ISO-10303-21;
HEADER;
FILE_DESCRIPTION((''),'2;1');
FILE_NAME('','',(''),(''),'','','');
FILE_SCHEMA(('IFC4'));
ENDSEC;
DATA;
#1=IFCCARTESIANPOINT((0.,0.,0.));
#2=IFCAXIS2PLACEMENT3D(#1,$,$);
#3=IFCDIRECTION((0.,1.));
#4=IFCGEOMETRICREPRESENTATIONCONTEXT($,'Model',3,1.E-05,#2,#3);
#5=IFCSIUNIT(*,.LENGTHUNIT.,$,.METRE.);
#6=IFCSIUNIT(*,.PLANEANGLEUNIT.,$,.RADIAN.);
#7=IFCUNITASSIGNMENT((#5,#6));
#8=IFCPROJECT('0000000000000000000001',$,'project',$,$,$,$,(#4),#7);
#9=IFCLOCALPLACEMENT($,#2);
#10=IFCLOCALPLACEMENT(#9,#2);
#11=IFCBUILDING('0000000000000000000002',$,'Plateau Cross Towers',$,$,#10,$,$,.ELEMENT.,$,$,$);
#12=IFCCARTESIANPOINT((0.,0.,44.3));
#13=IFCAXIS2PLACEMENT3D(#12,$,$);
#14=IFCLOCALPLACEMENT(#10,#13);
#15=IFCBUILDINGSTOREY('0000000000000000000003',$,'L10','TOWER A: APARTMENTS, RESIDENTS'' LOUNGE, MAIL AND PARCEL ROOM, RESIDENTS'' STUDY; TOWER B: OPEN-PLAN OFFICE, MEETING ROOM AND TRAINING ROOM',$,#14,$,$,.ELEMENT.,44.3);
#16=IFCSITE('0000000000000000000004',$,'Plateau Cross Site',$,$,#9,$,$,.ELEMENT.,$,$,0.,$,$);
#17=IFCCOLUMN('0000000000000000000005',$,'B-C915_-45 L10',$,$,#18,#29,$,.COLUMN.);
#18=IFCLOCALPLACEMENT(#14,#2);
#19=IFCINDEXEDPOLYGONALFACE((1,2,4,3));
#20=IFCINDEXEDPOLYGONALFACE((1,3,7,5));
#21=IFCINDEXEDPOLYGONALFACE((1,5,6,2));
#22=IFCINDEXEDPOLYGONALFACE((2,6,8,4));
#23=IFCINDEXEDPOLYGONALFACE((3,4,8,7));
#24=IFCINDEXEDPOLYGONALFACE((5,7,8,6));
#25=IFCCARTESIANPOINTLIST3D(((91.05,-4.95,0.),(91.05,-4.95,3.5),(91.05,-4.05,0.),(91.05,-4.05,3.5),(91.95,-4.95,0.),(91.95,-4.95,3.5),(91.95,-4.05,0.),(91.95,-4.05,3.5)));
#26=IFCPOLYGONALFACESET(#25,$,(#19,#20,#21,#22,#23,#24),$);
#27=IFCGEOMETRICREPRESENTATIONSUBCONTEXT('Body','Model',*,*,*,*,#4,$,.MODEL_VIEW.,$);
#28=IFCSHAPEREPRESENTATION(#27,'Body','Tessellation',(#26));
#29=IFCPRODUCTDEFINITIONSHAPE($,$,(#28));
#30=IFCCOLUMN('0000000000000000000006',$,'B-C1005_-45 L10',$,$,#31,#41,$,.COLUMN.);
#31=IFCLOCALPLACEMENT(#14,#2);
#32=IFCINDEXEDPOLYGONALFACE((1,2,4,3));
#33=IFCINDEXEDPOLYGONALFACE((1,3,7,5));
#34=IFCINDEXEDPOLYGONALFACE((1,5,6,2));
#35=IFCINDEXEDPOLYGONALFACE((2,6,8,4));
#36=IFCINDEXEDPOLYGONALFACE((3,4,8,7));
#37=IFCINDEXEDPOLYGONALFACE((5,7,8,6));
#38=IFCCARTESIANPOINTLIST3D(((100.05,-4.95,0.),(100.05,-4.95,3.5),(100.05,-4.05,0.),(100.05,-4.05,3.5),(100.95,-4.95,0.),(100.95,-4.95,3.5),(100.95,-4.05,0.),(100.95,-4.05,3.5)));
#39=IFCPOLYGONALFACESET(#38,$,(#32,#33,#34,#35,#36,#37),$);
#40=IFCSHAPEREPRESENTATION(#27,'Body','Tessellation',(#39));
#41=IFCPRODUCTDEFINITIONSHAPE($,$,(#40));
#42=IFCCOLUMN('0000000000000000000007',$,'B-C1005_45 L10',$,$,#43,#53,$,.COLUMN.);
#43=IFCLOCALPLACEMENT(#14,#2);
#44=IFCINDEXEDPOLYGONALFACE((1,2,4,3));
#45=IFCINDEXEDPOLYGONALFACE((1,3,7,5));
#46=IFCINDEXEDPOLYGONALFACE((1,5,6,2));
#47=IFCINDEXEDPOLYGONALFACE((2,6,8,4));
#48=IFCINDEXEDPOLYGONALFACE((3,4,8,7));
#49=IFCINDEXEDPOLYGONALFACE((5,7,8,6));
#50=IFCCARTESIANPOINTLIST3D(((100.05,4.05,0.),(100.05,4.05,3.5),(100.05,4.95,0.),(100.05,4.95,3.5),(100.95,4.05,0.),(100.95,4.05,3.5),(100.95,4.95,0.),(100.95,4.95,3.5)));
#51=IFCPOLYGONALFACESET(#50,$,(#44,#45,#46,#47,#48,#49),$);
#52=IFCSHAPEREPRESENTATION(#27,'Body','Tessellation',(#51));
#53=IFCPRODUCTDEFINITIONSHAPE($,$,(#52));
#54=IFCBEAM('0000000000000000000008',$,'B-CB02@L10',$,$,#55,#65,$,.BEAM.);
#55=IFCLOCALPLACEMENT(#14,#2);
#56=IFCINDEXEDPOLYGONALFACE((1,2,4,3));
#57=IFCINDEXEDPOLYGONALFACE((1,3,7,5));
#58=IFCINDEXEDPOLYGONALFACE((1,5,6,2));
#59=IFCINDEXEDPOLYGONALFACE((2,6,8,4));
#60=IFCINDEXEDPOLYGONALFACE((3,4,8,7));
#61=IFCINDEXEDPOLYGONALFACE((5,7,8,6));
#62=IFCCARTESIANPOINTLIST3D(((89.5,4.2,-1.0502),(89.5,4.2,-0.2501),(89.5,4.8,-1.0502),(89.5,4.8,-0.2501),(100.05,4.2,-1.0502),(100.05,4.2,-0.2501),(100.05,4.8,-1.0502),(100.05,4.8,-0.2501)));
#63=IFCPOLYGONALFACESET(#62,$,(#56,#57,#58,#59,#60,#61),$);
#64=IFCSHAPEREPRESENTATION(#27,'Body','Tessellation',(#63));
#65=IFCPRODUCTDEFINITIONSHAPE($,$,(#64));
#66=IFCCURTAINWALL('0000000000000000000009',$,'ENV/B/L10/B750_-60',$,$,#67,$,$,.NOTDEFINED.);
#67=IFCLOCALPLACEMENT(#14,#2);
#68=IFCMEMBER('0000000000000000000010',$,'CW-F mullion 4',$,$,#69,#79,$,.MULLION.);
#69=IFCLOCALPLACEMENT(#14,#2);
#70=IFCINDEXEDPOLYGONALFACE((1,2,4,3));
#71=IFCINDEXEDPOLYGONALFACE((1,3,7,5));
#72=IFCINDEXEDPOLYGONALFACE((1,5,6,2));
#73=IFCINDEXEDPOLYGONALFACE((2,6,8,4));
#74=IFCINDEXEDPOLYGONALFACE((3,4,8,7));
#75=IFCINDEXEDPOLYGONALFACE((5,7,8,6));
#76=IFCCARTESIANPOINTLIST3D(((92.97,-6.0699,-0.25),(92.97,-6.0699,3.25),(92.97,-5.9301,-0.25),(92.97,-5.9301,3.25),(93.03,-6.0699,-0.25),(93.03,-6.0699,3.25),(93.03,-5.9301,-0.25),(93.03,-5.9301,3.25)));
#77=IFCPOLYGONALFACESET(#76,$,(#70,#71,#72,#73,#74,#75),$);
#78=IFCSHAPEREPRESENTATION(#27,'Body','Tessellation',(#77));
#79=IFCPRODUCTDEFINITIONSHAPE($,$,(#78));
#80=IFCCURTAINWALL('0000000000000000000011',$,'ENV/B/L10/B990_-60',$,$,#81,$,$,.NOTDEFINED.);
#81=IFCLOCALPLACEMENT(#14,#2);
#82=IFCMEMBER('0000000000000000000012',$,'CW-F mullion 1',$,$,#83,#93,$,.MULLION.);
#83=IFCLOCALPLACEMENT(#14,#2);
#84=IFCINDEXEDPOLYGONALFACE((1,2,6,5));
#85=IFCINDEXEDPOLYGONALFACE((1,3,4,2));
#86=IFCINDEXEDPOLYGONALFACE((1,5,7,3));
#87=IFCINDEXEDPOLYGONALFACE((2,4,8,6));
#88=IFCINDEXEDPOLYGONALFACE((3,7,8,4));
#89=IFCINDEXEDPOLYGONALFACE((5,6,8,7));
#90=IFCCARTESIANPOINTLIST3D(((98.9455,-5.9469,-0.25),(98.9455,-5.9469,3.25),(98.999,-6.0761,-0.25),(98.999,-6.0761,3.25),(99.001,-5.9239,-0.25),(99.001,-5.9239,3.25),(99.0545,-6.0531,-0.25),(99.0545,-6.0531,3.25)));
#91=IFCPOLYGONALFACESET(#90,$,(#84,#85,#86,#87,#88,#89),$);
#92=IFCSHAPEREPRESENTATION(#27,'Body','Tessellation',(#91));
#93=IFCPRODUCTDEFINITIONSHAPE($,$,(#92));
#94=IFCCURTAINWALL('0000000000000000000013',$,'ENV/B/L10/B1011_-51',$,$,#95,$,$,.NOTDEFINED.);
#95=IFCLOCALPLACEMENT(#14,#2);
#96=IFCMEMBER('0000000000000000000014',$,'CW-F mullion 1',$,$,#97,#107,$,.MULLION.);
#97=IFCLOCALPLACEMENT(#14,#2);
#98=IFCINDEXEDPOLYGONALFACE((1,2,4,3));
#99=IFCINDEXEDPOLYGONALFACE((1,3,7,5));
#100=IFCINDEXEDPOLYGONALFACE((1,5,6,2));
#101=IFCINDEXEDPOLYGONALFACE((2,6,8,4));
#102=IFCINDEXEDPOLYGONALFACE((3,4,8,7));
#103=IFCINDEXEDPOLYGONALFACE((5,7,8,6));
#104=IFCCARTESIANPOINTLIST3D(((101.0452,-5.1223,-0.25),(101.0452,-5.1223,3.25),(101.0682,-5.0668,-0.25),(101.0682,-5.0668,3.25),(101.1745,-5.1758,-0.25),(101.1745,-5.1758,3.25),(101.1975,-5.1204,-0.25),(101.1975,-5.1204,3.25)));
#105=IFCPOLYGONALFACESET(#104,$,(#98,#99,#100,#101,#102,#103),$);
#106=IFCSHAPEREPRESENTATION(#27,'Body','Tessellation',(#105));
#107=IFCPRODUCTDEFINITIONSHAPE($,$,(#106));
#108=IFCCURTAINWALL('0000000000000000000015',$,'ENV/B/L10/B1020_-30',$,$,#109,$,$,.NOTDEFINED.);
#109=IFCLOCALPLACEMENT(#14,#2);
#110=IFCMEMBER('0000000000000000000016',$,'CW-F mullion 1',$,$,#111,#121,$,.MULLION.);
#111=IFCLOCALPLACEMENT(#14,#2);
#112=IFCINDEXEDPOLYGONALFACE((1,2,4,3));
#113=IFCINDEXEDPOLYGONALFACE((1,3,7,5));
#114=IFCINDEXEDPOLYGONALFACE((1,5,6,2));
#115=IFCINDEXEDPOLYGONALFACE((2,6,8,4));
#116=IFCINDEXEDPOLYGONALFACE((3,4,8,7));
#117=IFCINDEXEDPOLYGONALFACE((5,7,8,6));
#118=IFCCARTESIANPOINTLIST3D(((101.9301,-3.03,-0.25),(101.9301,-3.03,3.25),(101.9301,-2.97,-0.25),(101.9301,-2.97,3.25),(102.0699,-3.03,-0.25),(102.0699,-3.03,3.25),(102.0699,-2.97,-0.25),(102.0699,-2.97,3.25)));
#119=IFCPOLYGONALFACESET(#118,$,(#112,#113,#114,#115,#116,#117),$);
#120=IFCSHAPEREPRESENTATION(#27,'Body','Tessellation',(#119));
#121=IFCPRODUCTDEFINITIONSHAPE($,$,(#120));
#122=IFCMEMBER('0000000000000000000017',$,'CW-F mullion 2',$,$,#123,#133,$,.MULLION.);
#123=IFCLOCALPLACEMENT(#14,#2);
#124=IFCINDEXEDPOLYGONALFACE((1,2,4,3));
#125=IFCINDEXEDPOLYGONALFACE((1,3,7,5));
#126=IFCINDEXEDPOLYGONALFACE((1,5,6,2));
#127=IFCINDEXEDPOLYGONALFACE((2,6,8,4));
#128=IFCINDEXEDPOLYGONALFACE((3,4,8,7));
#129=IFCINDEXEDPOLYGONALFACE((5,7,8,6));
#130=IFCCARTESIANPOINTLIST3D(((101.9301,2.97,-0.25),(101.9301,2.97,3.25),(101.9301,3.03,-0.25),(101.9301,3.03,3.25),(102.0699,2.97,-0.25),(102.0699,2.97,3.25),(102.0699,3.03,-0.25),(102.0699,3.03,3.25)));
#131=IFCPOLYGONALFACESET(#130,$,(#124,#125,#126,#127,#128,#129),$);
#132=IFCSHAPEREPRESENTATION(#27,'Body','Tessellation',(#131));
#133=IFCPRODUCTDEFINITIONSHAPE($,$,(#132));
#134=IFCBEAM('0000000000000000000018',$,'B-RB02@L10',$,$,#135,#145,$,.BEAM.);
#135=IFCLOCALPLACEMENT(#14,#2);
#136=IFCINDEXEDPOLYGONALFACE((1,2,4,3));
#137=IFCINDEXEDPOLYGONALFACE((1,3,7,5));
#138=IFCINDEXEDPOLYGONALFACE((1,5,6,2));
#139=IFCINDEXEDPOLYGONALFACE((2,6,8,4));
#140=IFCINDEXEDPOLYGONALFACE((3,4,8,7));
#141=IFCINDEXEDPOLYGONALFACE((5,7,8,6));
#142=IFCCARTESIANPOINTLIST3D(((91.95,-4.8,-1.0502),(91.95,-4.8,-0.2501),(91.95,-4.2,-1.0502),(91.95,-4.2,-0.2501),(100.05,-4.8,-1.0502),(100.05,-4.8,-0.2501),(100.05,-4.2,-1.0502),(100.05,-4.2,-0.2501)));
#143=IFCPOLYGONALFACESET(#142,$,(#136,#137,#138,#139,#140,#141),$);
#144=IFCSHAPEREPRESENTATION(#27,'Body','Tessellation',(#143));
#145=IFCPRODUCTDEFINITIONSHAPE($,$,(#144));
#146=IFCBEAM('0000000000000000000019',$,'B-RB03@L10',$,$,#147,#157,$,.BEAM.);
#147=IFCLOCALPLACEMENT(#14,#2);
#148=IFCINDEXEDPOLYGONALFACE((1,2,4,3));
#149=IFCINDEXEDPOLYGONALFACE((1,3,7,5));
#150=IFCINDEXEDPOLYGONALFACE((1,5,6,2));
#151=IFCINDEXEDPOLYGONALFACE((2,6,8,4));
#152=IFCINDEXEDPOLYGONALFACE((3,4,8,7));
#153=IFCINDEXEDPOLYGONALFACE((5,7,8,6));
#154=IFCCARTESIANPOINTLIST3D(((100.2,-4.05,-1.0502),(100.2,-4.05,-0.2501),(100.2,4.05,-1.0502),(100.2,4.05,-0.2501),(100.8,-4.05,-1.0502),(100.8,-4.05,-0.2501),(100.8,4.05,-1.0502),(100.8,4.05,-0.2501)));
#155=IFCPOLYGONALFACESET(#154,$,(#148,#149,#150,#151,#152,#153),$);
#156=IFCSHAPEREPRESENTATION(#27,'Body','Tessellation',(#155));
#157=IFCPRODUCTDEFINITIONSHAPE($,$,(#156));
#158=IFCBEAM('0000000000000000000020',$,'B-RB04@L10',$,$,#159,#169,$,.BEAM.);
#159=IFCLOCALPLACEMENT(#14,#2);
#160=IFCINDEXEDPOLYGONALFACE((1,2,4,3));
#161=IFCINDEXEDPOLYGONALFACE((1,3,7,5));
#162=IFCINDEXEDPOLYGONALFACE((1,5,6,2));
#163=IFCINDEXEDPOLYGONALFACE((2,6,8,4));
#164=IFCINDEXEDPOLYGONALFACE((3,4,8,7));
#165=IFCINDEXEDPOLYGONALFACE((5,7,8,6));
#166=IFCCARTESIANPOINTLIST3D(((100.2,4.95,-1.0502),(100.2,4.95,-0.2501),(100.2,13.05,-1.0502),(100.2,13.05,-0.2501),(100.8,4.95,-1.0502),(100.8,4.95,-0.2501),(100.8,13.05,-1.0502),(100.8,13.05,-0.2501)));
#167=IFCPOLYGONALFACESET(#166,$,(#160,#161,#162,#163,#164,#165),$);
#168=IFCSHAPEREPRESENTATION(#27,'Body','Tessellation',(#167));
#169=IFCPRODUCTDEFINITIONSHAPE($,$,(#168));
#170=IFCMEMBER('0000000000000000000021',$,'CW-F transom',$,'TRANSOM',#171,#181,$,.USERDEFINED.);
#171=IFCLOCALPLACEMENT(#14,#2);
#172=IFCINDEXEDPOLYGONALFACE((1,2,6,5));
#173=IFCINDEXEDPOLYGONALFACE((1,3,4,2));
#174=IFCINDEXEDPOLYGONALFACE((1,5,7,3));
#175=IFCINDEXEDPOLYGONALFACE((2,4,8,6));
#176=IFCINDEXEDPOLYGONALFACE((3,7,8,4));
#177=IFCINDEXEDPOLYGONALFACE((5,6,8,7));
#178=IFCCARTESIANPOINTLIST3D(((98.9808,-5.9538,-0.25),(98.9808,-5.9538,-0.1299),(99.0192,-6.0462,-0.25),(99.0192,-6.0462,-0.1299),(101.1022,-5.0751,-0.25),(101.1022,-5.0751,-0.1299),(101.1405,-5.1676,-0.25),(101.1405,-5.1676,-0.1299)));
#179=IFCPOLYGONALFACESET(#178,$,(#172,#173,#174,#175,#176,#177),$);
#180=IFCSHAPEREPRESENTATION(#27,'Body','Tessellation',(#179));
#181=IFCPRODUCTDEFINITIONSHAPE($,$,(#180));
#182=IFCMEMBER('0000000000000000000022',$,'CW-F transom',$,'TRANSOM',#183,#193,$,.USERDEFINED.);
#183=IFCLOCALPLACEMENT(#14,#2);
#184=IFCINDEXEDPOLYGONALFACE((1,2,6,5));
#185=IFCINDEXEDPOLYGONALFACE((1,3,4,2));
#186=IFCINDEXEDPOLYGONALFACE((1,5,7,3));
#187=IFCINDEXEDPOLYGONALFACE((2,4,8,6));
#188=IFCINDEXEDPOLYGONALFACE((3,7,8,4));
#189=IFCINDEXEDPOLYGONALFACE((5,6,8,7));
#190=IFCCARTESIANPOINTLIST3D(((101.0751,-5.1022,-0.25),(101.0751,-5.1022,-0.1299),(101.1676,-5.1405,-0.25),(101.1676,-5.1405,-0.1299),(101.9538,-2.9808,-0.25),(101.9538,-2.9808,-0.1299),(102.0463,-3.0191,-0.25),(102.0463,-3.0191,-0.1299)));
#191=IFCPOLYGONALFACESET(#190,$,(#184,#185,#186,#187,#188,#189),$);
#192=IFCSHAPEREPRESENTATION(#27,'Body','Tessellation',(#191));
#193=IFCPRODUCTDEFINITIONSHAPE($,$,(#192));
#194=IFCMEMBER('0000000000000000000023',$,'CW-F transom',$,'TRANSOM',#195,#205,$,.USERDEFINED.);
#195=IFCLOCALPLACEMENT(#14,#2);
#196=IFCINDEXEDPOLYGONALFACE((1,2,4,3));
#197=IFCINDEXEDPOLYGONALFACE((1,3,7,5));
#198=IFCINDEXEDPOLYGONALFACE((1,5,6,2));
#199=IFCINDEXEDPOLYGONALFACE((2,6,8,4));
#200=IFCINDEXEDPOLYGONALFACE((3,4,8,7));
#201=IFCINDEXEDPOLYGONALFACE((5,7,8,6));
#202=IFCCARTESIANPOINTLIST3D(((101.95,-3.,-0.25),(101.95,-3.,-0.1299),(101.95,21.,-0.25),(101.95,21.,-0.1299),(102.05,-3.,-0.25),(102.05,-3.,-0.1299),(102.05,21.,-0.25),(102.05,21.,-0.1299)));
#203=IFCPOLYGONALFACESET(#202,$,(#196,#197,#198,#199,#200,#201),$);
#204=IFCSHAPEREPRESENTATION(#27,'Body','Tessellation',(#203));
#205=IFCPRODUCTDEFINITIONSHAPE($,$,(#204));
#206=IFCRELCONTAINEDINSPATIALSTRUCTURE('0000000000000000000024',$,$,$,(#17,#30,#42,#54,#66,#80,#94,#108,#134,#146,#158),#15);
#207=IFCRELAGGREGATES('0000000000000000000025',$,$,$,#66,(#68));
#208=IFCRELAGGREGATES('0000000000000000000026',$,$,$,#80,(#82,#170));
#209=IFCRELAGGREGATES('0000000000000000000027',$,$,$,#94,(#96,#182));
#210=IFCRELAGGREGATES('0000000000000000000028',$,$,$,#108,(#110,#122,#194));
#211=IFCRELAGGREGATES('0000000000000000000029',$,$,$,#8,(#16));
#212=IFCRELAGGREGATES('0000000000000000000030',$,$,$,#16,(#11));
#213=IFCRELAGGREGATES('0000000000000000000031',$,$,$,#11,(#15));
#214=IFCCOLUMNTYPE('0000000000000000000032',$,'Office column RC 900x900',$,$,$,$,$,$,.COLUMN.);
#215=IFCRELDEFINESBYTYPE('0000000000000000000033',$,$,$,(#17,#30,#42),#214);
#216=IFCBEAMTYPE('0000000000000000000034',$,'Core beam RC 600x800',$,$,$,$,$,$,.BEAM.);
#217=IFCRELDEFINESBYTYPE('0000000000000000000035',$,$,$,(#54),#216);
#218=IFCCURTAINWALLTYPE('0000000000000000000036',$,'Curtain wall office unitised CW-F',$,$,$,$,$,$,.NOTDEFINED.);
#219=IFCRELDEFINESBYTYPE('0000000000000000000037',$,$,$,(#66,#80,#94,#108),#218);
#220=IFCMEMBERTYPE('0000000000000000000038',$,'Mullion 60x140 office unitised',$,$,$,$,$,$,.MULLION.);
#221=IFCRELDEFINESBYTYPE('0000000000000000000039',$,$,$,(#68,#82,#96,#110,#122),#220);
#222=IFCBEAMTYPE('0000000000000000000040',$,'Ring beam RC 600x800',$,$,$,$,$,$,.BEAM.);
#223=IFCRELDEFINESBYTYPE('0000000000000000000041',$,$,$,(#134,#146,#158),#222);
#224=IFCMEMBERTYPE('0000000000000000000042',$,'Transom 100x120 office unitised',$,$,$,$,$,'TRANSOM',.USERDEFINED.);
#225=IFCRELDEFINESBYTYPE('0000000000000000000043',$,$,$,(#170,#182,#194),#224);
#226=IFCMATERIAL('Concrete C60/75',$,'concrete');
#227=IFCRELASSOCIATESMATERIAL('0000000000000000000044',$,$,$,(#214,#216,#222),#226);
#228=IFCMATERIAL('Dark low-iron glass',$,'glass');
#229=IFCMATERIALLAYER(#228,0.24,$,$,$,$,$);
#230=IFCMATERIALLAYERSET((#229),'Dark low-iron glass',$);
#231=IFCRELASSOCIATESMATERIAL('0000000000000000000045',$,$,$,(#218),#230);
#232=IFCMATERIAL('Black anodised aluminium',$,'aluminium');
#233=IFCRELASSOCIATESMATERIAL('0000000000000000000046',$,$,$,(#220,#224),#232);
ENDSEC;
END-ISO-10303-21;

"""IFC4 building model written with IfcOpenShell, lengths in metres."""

from ifc_helpers import new_model, si_unit, direction, frame, origin, origin_2d, place, context, subcontext, project, spatial, rectangle, extrude, material, layer, layer_set, material_profile, profile_set, type_object, element, aggregate, save


model = new_model("IFC4")

# Units and contexts
model_context = context("Model", 3, precision=1e-05, world=origin(), true_north=direction((0.0, 1.0)))
body_context = subcontext(model_context, "Body", "Model", "MODEL_VIEW")
ifc_project = project(units=[si_unit("LENGTHUNIT", "METRE"), si_unit("PLANEANGLEUNIT", "RADIAN")], contexts=[model_context])

# Site, building, storey
site_placement = place(None, origin())
site = spatial("IfcSite", under=ifc_project, at=site_placement, Name="Plateau Cross Site", CompositionType="ELEMENT", RefElevation=0.0)
building_placement = place(site_placement, origin())
building = spatial("IfcBuilding", under=site, at=building_placement, Name="Plateau Cross Towers", CompositionType="ELEMENT")
storey_placement = place(building_placement, frame((0.0, 0.0, 44.3)))
storey = spatial("IfcBuildingStorey", under=building, at=storey_placement, Name="L10", Description="TOWER A: APARTMENTS, RESIDENTS' LOUNGE, MAIL AND PARCEL ROOM, RESIDENTS' STUDY; TOWER B: OPEN-PLAN OFFICE, MEETING ROOM AND TRAINING ROOM", CompositionType="ELEMENT", Elevation=44.3)

# Columns
ifc_material_1 = material(Name="Concrete C60/75", Category="concrete")
ifc_material_profile_1 = material_profile(ifc_material_1, rectangle(XDim=0.8999, YDim=0.8999, at=origin_2d()), Name="RC 900x900")
ifc_profile_set_1 = profile_set([ifc_material_profile_1], Name="Concrete C60/75")
column_type = type_object("IfcColumnType", Name="Office column RC 900x900", PredefinedType="COLUMN", material=ifc_profile_set_1)
for number, where, z_axis, x_axis, name in (
    (1, (91.5, -4.5, 0.0), (0.0, 0.0, 1.0), (1.0, 0.0, 0.0), "B-C915_-45 L10"),
    (2, (100.5, -4.5, 0.0), (0.0, 0.0, 1.0), (1.0, 0.0, 0.0), "B-C1005_-45 L10"),
    (3, (100.5, 4.5, 0.0), (0.0, 0.0, 1.0), (1.0, 0.0, 0.0), "B-C1005_45 L10"),
):
    element("IfcColumn", number, at=place(storey_placement, frame(where, z_axis=z_axis, x_axis=x_axis)), inside=storey, type_object=column_type, Name=name, PredefinedType="COLUMN", context=body_context, shape_type="SweptSolid", body=[
        extrude(rectangle(XDim=0.8999, YDim=0.8999, at=origin_2d()), origin(), (0.0, 0.0, 1.0), 3.5),
    ])

# Beam
ifc_material_profile_2 = material_profile(ifc_material_1, rectangle(XDim=0.6001, YDim=0.8, at=origin_2d()), Name="RC 600x800")
ifc_profile_set_2 = profile_set([ifc_material_profile_2], Name="Concrete C60/75")
beam_type_1 = type_object("IfcBeamType", Name="Core beam RC 600x800", PredefinedType="BEAM", material=ifc_profile_set_2)
beam_placement = place(storey_placement, frame((89.5, 4.5, -0.6501), z_axis=(1.0, 0.0, 0.0), x_axis=(0.0, 1.0, 0.0)))
element("IfcBeam", 4, at=beam_placement, inside=storey, type_object=beam_type_1, Name="B-CB02@L10", PredefinedType="BEAM", context=body_context, shape_type="SweptSolid", body=[
    extrude(rectangle(XDim=0.6001, YDim=0.8, at=origin_2d()), origin(), (0.0, 0.0, 1.0), 10.55),
])

# Curtain walls, members
ifc_material_2 = material(Name="Dark low-iron glass", Category="glass")
ifc_layer_1 = layer(ifc_material_2, 0.24)
ifc_layer_set_1 = layer_set([ifc_layer_1], Name="Dark low-iron glass")
curtain_wall_type = type_object("IfcCurtainWallType", Name="Curtain wall office unitised CW-F", PredefinedType="NOTDEFINED", material=ifc_layer_set_1)
curtain_wall_1_placement = place(storey_placement, origin())
curtain_wall_1 = element("IfcCurtainWall", 5, at=curtain_wall_1_placement, inside=storey, type_object=curtain_wall_type, Name="ENV/B/L10/B750_-60", PredefinedType="NOTDEFINED")
ifc_material_3 = material(Name="Black anodised aluminium", Category="aluminium")
ifc_material_profile_3 = material_profile(ifc_material_3, rectangle(XDim=0.0601, YDim=0.1399, at=origin_2d()), Name="MULLION 60x140")
ifc_profile_set_3 = profile_set([ifc_material_profile_3], Name="Black anodised aluminium")
member_type_1 = type_object("IfcMemberType", Name="Mullion 60x140 office unitised", PredefinedType="MULLION", material=ifc_profile_set_3)
member_1_placement = place(storey_placement, frame((93.0, -6.0, -0.25), z_axis=(0.0, 0.0, 1.0), x_axis=(1.0, 0.0, 0.0)))
member_1 = element("IfcMember", 6, at=member_1_placement, type_object=member_type_1, Name="CW-F mullion 4", PredefinedType="MULLION", context=body_context, shape_type="SweptSolid", body=[
    extrude(rectangle(XDim=0.0601, YDim=0.1399, at=origin_2d()), origin(), (0.0, 0.0, 1.0), 3.5),
])
curtain_wall_2_placement = place(storey_placement, origin())
curtain_wall_2 = element("IfcCurtainWall", 7, at=curtain_wall_2_placement, inside=storey, type_object=curtain_wall_type, Name="ENV/B/L10/B990_-60", PredefinedType="NOTDEFINED")
member_2_placement = place(storey_placement, frame((99.0, -6.0, -0.25), z_axis=(0.0, 0.0, 1.0), x_axis=(0.923879, 0.382684, 0.0)))
member_2 = element("IfcMember", 8, at=member_2_placement, type_object=member_type_1, Name="CW-F mullion 1", PredefinedType="MULLION", context=body_context, shape_type="SweptSolid", body=[
    extrude(rectangle(XDim=0.0601, YDim=0.1399, at=origin_2d()), origin(), (0.0, 0.0, 1.0), 3.5),
])
curtain_wall_3_placement = place(storey_placement, origin())
curtain_wall_3 = element("IfcCurtainWall", 9, at=curtain_wall_3_placement, inside=storey, type_object=curtain_wall_type, Name="ENV/B/L10/B1011_-51", PredefinedType="NOTDEFINED")
member_3_placement = place(storey_placement, frame((101.1213, -5.1213, -0.25), z_axis=(0.0, 0.0, 1.0), x_axis=(0.382684, 0.923879, 0.0)))
member_3 = element("IfcMember", 10, at=member_3_placement, type_object=member_type_1, Name="CW-F mullion 1", PredefinedType="MULLION", context=body_context, shape_type="SweptSolid", body=[
    extrude(rectangle(XDim=0.0601, YDim=0.1399, at=origin_2d()), origin(), (0.0, 0.0, 1.0), 3.5),
])

# Curtain wall, members
curtain_wall_4_placement = place(storey_placement, origin())
curtain_wall_4 = element("IfcCurtainWall", 11, at=curtain_wall_4_placement, inside=storey, type_object=curtain_wall_type, Name="ENV/B/L10/B1020_-30", PredefinedType="NOTDEFINED")
member_4_placement = place(storey_placement, frame((102.0, -3.0, -0.25), z_axis=(0.0, 0.0, 1.0), x_axis=(0.0, 1.0, 0.0)))
member_4 = element("IfcMember", 12, at=member_4_placement, type_object=member_type_1, Name="CW-F mullion 1", PredefinedType="MULLION", context=body_context, shape_type="SweptSolid", body=[
    extrude(rectangle(XDim=0.0601, YDim=0.1399, at=origin_2d()), origin(), (0.0, 0.0, 1.0), 3.5),
])
member_5_placement = place(storey_placement, frame((102.0, 3.0, -0.25), z_axis=(0.0, 0.0, 1.0), x_axis=(0.0, 1.0, 0.0)))
member_5 = element("IfcMember", 13, at=member_5_placement, type_object=member_type_1, Name="CW-F mullion 2", PredefinedType="MULLION", context=body_context, shape_type="SweptSolid", body=[
    extrude(rectangle(XDim=0.0601, YDim=0.1399, at=origin_2d()), origin(), (0.0, 0.0, 1.0), 3.5),
])

# Beams
ifc_material_profile_4 = material_profile(ifc_material_1, rectangle(XDim=0.6001, YDim=0.8, at=origin_2d()), Name="RC 600x800")
ifc_profile_set_4 = profile_set([ifc_material_profile_4], Name="Concrete C60/75")
beam_type_2 = type_object("IfcBeamType", Name="Ring beam RC 600x800", PredefinedType="BEAM", material=ifc_profile_set_4)
for number, where, z_axis, x_axis, name in (
    (14, (91.95, -4.5, -0.6501), (1.0, 0.0, 0.0), (0.0, 1.0, 0.0), "B-RB02@L10"),
    (15, (100.5, -4.05, -0.6501), (0.0, 1.0, 0.0), (-1.0, 0.0, 0.0), "B-RB03@L10"),
    (16, (100.5, 4.95, -0.6501), (0.0, 1.0, 0.0), (-1.0, 0.0, 0.0), "B-RB04@L10"),
):
    element("IfcBeam", number, at=place(storey_placement, frame(where, z_axis=z_axis, x_axis=x_axis)), inside=storey, type_object=beam_type_2, Name=name, PredefinedType="BEAM", context=body_context, shape_type="SweptSolid", body=[
        extrude(rectangle(XDim=0.6001, YDim=0.8, at=origin_2d()), origin(), (0.0, 0.0, 1.0), 8.1001),
    ])

# Members
ifc_material_profile_5 = material_profile(ifc_material_3, rectangle(XDim=0.1001, YDim=0.1201, at=origin_2d()), Name="TRANSOM 100x120")
ifc_profile_set_5 = profile_set([ifc_material_profile_5], Name="Black anodised aluminium")
member_type_2 = type_object("IfcMemberType", Name="Transom 100x120 office unitised", ElementType="TRANSOM", PredefinedType="USERDEFINED", material=ifc_profile_set_5)
member_6_placement = place(storey_placement, frame((99.0, -6.0, -0.1899), z_axis=(0.923883, 0.382674, 0.0), x_axis=(-0.382674, 0.923883, 0.0)))
member_6 = element("IfcMember", 17, at=member_6_placement, type_object=member_type_2, Name="CW-F transom", ObjectType="TRANSOM", PredefinedType="USERDEFINED", context=body_context, shape_type="SweptSolid", body=[
    extrude(rectangle(XDim=0.1001, YDim=0.1201, at=origin_2d()), origin(), (0.0, 0.0, 1.0), 2.2961),
])
member_7_placement = place(storey_placement, frame((101.1213, -5.1213, -0.1899), z_axis=(0.382674, 0.923883, 0.0), x_axis=(-0.923883, 0.382674, 0.0)))
member_7 = element("IfcMember", 18, at=member_7_placement, type_object=member_type_2, Name="CW-F transom", ObjectType="TRANSOM", PredefinedType="USERDEFINED", context=body_context, shape_type="SweptSolid", body=[
    extrude(rectangle(XDim=0.1001, YDim=0.1201, at=origin_2d()), origin(), (0.0, 0.0, 1.0), 2.2961),
])
member_8_placement = place(storey_placement, frame((102.0, -3.0, -0.1899), z_axis=(0.0, 1.0, 0.0), x_axis=(-1.0, 0.0, 0.0)))
member_8 = element("IfcMember", 19, at=member_8_placement, type_object=member_type_2, Name="CW-F transom", ObjectType="TRANSOM", PredefinedType="USERDEFINED", context=body_context, shape_type="SweptSolid", body=[
    extrude(rectangle(XDim=0.1001, YDim=0.1201, at=origin_2d()), origin(), (0.0, 0.0, 1.0), 24.0),
])

aggregate(curtain_wall_1, [member_1])
aggregate(curtain_wall_2, [member_2, member_6])
aggregate(curtain_wall_3, [member_3, member_7])
aggregate(curtain_wall_4, [member_4, member_5, member_8])

save(model, "model.ifc")
